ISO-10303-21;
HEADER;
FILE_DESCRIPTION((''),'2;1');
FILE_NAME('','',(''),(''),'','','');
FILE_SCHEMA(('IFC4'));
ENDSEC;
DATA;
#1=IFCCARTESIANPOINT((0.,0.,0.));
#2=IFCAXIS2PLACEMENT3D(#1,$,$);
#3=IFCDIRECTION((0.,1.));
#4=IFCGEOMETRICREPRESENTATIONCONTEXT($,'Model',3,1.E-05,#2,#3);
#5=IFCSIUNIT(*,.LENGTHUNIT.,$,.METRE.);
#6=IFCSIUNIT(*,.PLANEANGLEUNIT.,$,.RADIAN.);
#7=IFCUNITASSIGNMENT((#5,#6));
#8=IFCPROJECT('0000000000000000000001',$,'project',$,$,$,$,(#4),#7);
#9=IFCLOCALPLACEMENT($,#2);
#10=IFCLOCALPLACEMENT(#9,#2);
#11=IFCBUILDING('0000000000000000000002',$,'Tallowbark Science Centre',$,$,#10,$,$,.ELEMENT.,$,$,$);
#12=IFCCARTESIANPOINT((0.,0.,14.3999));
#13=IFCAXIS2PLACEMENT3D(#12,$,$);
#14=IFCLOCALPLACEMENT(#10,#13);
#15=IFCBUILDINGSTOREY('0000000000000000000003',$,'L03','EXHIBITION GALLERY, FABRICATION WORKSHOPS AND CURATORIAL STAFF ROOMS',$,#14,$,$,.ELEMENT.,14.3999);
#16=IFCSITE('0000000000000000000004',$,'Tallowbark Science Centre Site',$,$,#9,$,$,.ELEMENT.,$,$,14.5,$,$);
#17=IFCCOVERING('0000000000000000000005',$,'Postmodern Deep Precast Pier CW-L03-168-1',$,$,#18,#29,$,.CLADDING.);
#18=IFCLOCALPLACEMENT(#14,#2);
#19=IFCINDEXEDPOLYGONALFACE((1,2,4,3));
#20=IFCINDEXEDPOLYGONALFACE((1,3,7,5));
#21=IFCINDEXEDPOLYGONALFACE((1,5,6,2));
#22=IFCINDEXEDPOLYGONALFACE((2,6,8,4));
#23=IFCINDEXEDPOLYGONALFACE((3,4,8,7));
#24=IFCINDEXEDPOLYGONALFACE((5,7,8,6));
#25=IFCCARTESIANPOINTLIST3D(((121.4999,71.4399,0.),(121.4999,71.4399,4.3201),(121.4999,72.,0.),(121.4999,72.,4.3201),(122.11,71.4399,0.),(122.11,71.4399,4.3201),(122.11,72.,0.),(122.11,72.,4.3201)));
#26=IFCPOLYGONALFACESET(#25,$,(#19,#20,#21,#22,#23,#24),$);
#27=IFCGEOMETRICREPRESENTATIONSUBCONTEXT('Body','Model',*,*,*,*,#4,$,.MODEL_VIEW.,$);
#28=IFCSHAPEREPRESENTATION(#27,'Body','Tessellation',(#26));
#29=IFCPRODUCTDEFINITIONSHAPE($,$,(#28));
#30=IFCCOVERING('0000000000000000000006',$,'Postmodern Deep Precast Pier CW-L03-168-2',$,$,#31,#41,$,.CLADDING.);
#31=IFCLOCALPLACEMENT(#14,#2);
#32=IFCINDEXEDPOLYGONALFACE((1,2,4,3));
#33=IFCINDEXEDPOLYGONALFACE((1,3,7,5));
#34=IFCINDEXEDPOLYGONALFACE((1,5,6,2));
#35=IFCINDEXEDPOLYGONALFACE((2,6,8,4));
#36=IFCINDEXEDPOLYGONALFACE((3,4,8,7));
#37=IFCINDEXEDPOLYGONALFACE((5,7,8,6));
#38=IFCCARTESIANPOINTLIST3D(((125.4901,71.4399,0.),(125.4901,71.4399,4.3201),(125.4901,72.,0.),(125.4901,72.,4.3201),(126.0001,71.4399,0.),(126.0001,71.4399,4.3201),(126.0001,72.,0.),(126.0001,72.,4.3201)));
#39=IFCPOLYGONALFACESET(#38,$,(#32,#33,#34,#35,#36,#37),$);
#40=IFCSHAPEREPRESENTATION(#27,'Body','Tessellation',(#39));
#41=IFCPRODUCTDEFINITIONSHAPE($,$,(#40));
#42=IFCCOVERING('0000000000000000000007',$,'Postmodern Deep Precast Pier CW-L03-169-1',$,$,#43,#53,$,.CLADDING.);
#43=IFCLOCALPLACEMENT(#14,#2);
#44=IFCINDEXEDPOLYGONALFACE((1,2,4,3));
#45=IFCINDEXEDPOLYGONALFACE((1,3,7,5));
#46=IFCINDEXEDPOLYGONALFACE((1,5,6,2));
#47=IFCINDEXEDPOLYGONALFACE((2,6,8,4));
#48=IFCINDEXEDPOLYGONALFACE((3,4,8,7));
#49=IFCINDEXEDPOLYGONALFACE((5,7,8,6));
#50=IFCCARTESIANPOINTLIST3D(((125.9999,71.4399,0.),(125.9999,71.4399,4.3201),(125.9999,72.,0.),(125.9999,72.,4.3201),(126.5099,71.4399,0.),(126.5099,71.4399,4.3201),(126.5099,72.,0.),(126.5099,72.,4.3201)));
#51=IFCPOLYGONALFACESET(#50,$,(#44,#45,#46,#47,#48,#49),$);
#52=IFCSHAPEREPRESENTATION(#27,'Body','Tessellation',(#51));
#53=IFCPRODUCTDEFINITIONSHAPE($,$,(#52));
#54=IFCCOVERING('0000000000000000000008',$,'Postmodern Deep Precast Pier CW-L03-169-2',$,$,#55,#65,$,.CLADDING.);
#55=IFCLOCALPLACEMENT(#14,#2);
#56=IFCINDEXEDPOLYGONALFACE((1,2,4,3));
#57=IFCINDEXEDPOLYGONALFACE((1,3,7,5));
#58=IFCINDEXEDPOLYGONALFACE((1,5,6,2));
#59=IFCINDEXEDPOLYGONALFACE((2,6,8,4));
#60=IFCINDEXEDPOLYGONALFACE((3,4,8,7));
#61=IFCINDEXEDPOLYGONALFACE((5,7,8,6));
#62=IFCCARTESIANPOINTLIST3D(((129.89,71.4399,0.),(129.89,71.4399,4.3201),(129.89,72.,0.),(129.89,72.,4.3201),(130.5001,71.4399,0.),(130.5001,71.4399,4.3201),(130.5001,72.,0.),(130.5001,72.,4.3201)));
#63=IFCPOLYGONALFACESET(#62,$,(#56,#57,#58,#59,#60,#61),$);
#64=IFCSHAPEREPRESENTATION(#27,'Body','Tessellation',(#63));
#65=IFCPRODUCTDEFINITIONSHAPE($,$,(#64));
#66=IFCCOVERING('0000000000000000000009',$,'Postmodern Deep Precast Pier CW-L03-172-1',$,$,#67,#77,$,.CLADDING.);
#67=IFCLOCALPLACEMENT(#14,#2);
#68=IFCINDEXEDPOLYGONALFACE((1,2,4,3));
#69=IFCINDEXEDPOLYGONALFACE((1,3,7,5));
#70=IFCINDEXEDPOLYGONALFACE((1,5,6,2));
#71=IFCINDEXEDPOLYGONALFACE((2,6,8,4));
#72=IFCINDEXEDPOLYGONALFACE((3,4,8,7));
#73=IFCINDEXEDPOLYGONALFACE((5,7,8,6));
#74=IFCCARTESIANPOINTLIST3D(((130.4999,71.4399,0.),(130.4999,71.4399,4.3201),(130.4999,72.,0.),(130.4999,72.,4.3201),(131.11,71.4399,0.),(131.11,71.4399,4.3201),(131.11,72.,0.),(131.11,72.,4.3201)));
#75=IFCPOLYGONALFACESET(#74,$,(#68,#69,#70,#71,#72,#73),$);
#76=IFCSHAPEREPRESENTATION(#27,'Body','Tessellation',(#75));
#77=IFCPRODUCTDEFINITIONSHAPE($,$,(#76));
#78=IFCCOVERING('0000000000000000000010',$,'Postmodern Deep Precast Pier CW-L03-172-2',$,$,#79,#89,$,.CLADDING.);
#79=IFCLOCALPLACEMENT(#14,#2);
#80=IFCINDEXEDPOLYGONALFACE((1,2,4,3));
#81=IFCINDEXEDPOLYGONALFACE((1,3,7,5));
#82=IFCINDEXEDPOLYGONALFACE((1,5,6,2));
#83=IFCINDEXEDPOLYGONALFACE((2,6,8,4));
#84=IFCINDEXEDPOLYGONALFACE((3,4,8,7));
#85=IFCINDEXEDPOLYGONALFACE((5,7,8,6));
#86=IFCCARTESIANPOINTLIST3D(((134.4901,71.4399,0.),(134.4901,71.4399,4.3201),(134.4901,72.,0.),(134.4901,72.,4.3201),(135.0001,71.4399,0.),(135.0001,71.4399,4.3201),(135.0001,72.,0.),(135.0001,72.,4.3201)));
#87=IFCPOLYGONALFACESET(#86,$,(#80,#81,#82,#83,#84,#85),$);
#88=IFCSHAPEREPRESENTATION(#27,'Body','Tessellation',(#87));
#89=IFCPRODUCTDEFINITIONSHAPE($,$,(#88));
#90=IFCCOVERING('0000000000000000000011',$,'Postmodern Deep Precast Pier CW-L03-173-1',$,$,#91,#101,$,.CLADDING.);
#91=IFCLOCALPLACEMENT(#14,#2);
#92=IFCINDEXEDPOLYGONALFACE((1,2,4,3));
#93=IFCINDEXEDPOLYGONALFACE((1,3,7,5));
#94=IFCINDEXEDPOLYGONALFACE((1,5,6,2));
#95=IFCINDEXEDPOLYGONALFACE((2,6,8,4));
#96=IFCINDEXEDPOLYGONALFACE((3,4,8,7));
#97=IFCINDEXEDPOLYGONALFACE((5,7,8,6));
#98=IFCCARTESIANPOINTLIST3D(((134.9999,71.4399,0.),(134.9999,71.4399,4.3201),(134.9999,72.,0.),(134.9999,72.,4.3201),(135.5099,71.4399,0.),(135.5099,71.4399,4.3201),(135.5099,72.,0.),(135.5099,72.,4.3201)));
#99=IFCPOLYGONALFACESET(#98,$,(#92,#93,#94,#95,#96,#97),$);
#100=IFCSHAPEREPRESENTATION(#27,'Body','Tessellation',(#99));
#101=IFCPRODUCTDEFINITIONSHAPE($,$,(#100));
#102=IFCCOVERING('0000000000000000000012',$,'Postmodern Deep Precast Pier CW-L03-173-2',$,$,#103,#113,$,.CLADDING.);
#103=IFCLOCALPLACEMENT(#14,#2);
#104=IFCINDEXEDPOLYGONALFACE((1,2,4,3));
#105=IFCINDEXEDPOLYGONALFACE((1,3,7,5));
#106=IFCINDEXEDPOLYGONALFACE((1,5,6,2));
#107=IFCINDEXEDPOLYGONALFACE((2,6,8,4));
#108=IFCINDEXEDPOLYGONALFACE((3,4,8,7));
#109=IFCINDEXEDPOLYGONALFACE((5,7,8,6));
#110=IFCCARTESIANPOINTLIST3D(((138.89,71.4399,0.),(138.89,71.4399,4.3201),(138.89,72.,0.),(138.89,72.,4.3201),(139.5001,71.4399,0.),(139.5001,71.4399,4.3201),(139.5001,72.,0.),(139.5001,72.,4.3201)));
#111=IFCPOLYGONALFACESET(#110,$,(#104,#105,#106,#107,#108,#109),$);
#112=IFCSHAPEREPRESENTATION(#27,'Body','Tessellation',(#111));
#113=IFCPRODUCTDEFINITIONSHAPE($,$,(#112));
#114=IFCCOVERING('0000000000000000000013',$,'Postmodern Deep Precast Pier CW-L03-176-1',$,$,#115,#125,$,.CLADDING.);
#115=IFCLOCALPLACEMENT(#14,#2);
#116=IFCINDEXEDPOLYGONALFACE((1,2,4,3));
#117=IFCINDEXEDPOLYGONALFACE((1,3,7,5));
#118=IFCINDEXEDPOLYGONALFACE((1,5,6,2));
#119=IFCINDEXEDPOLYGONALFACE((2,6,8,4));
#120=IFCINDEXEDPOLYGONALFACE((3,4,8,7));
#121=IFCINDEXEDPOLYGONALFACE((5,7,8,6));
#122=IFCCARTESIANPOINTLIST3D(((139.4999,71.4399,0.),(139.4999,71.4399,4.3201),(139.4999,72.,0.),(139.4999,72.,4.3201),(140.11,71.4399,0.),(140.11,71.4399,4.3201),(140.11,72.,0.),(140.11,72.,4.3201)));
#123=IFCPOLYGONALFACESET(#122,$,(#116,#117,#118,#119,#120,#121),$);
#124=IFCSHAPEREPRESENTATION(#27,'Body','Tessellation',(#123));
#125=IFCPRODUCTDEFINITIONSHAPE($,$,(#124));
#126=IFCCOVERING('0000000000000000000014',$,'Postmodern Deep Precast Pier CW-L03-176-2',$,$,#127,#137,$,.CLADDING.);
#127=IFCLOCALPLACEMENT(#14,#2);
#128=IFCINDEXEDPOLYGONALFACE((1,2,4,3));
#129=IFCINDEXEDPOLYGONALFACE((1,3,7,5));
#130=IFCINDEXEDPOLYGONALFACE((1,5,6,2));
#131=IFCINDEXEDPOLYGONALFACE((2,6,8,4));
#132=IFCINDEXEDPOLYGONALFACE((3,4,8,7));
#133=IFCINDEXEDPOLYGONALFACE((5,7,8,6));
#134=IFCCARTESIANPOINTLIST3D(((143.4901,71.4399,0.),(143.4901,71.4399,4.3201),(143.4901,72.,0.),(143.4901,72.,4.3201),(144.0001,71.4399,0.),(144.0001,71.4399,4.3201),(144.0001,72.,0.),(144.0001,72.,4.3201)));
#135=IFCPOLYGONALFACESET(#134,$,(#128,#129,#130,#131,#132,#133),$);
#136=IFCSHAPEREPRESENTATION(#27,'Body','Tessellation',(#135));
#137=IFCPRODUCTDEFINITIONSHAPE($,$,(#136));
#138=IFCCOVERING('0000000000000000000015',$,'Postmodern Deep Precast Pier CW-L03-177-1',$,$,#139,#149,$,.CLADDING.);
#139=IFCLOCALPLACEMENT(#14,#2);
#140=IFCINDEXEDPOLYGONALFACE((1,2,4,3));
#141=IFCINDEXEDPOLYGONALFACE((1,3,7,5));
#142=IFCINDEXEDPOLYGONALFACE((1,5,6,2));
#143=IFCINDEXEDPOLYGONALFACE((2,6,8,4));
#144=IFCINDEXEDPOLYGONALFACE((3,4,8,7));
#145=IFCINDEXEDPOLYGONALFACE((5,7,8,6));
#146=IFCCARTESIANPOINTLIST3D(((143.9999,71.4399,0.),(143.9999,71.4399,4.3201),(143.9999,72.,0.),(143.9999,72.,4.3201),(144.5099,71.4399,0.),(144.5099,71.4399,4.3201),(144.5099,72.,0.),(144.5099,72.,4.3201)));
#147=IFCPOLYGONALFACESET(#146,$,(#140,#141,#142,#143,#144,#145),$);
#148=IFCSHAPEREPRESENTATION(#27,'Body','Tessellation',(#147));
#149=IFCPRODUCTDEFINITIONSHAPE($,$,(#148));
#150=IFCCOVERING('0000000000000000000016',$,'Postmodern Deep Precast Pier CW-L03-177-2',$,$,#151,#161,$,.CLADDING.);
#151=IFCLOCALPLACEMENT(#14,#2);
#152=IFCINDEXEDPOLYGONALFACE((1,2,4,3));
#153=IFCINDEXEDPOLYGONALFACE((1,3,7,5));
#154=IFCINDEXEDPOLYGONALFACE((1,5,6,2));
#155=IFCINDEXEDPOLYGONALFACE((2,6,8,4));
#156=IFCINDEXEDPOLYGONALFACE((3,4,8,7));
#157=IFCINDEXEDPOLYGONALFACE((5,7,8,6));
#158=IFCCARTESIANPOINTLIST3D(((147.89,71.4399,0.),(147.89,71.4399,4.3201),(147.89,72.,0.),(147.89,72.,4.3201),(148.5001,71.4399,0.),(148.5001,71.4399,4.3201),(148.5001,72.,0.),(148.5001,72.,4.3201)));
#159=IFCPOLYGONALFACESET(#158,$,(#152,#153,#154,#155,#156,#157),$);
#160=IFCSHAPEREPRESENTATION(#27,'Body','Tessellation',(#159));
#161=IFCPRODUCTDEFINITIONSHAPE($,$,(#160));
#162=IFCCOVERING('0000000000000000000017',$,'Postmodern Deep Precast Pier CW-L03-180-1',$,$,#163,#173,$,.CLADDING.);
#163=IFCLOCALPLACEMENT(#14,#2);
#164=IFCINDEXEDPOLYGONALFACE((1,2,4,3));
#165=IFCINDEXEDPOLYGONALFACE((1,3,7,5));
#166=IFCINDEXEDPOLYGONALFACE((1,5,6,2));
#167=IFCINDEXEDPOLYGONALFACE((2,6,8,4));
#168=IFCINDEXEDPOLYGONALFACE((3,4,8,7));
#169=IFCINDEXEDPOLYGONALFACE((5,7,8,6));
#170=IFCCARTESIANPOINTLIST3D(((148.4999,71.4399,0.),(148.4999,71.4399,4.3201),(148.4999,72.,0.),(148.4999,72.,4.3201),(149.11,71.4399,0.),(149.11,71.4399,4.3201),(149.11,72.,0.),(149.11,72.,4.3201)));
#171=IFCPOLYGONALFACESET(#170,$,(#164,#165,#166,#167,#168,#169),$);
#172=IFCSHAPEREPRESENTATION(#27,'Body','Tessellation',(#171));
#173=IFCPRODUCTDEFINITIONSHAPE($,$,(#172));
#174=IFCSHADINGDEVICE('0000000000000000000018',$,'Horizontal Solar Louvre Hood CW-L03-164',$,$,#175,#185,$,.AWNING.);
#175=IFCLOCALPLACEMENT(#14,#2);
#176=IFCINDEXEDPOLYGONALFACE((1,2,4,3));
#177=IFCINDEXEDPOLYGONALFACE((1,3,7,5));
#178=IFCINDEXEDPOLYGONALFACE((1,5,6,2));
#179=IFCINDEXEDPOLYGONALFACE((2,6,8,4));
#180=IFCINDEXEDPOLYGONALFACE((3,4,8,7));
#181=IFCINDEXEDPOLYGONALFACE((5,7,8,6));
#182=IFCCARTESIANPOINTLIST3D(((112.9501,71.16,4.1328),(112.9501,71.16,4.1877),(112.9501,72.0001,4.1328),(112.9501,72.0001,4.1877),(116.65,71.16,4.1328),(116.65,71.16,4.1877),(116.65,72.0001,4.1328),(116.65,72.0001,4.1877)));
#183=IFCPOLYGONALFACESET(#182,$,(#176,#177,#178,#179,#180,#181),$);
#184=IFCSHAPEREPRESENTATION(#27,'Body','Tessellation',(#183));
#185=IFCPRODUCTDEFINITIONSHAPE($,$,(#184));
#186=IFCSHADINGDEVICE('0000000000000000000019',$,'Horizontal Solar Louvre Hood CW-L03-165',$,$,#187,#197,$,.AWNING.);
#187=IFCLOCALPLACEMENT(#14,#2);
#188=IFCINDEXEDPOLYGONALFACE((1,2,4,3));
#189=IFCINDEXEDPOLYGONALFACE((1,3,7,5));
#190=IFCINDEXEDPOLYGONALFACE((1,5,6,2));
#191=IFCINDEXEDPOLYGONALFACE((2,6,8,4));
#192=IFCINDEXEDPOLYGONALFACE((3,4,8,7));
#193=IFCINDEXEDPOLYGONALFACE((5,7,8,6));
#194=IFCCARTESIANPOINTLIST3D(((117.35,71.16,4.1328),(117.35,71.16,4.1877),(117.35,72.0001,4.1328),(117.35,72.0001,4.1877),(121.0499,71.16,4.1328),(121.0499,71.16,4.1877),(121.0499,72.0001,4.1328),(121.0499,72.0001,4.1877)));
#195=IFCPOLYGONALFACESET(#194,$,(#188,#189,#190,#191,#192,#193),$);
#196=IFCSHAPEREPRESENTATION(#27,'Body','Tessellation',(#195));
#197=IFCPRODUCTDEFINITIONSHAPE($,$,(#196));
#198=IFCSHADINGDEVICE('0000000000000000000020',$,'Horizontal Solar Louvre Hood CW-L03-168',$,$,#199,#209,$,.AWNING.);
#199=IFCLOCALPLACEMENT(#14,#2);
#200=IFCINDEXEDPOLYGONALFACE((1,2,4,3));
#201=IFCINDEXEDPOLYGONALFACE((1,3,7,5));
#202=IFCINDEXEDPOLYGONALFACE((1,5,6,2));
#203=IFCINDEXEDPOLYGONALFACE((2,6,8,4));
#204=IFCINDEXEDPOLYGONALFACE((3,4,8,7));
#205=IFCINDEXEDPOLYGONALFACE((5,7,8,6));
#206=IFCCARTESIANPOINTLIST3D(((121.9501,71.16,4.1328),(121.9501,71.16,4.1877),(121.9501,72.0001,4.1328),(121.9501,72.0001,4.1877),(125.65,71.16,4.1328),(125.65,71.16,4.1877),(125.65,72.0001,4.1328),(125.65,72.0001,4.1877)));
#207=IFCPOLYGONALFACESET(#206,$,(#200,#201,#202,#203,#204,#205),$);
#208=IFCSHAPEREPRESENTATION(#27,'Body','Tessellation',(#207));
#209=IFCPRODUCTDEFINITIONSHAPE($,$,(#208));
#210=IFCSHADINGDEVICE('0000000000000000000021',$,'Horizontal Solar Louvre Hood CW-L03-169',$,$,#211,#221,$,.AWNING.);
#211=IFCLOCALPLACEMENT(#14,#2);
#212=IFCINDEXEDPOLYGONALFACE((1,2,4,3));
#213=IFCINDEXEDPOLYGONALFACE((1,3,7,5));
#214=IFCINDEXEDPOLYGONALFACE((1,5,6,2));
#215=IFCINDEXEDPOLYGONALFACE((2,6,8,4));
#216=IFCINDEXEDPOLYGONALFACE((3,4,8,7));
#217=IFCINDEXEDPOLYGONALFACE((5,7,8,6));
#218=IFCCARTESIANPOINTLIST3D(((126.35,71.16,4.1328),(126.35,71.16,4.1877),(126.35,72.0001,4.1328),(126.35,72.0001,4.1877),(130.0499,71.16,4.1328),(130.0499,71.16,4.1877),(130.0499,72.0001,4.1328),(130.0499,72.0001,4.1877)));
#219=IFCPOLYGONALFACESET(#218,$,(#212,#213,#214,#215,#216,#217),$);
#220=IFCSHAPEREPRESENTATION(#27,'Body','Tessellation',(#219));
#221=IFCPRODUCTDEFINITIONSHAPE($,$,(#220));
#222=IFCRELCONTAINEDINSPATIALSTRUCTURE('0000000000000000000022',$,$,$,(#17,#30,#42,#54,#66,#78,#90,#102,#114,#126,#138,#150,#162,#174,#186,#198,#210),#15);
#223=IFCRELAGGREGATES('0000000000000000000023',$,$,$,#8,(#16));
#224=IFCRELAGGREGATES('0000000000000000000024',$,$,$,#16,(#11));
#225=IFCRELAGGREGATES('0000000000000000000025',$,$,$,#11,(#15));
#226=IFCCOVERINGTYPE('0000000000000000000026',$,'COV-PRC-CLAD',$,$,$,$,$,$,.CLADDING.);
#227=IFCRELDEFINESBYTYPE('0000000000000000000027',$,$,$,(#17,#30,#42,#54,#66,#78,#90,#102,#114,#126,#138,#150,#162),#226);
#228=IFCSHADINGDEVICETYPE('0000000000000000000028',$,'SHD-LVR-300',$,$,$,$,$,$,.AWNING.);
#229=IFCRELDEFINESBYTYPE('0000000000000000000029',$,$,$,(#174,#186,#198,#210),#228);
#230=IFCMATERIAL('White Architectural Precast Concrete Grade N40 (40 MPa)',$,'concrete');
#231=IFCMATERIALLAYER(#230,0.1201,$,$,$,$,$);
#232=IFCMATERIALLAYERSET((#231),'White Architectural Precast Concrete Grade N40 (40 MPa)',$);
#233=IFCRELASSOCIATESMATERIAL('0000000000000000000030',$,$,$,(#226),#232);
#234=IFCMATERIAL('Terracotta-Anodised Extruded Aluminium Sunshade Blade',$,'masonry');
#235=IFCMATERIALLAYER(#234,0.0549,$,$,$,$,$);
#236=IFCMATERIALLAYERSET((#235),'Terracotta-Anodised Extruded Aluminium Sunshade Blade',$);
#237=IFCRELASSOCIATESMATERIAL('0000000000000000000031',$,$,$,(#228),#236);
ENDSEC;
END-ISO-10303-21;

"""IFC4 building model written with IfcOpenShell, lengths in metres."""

from ifc_helpers import new_model, si_unit, direction, frame, origin, origin_2d, place, context, subcontext, project, spatial, rectangle, extrude, material, layer, layer_set, type_object, element, save


model = new_model("IFC4")

# Units and contexts
model_context = context("Model", 3, precision=1e-05, world=origin(), true_north=direction((0.0, 1.0)))
body_context = subcontext(model_context, "Body", "Model", "MODEL_VIEW")
ifc_project = project(units=[si_unit("LENGTHUNIT", "METRE"), si_unit("PLANEANGLEUNIT", "RADIAN")], contexts=[model_context])

# Site, building, storey
site_placement = place(None, origin())
site = spatial("IfcSite", under=ifc_project, at=site_placement, Name="Tallowbark Science Centre Site", CompositionType="ELEMENT", RefElevation=14.5)
building_placement = place(site_placement, origin())
building = spatial("IfcBuilding", under=site, at=building_placement, Name="Tallowbark Science Centre", CompositionType="ELEMENT")
storey_placement = place(building_placement, frame((0.0, 0.0, 14.3999)))
storey = spatial("IfcBuildingStorey", under=building, at=storey_placement, Name="L03", Description="EXHIBITION GALLERY, FABRICATION WORKSHOPS AND CURATORIAL STAFF ROOMS", CompositionType="ELEMENT", Elevation=14.3999)

# Coverings
ifc_material_1 = material(Name="White Architectural Precast Concrete Grade N40 (40 MPa)", Category="concrete")
ifc_layer_1 = layer(ifc_material_1, 0.1201)
ifc_layer_set_1 = layer_set([ifc_layer_1], Name="White Architectural Precast Concrete Grade N40 (40 MPa)")
covering_type = type_object("IfcCoveringType", Name="COV-PRC-CLAD", PredefinedType="CLADDING", material=ifc_layer_set_1)
for number, where, z_axis, x_axis, name in (
    (1, (121.8049, 71.72, 0.0), (0.0, 0.0, 1.0), (1.0, 0.0, 0.0), "Postmodern Deep Precast Pier CW-L03-168-1"),
):
    element("IfcCovering", number, at=place(storey_placement, frame(where, z_axis=z_axis, x_axis=x_axis)), inside=storey, type_object=covering_type, Name=name, PredefinedType="CLADDING", context=body_context, shape_type="SweptSolid", body=[
        extrude(rectangle(XDim=0.6101, YDim=0.5601, at=origin_2d()), origin(), (0.0, 0.0, 1.0), 4.3201),
    ])
for number, where, z_axis, x_axis, name in (
    (2, (125.7451, 71.72, 0.0), (0.0, 0.0, 1.0), (1.0, 0.0, 0.0), "Postmodern Deep Precast Pier CW-L03-168-2"),
    (3, (126.2549, 71.72, 0.0), (0.0, 0.0, 1.0), (1.0, 0.0, 0.0), "Postmodern Deep Precast Pier CW-L03-169-1"),
):
    element("IfcCovering", number, at=place(storey_placement, frame(where, z_axis=z_axis, x_axis=x_axis)), inside=storey, type_object=covering_type, Name=name, PredefinedType="CLADDING", context=body_context, shape_type="SweptSolid", body=[
        extrude(rectangle(XDim=0.51, YDim=0.5601, at=origin_2d()), origin(), (0.0, 0.0, 1.0), 4.3201),
    ])
for number, where, z_axis, x_axis, name in (
    (4, (130.1951, 71.72, 0.0), (0.0, 0.0, 1.0), (1.0, 0.0, 0.0), "Postmodern Deep Precast Pier CW-L03-169-2"),
    (5, (130.8049, 71.72, 0.0), (0.0, 0.0, 1.0), (1.0, 0.0, 0.0), "Postmodern Deep Precast Pier CW-L03-172-1"),
):
    element("IfcCovering", number, at=place(storey_placement, frame(where, z_axis=z_axis, x_axis=x_axis)), inside=storey, type_object=covering_type, Name=name, PredefinedType="CLADDING", context=body_context, shape_type="SweptSolid", body=[
        extrude(rectangle(XDim=0.6101, YDim=0.5601, at=origin_2d()), origin(), (0.0, 0.0, 1.0), 4.3201),
    ])
for number, where, z_axis, x_axis, name in (
    (6, (134.7451, 71.72, 0.0), (0.0, 0.0, 1.0), (1.0, 0.0, 0.0), "Postmodern Deep Precast Pier CW-L03-172-2"),
    (7, (135.2549, 71.72, 0.0), (0.0, 0.0, 1.0), (1.0, 0.0, 0.0), "Postmodern Deep Precast Pier CW-L03-173-1"),
):
    element("IfcCovering", number, at=place(storey_placement, frame(where, z_axis=z_axis, x_axis=x_axis)), inside=storey, type_object=covering_type, Name=name, PredefinedType="CLADDING", context=body_context, shape_type="SweptSolid", body=[
        extrude(rectangle(XDim=0.51, YDim=0.5601, at=origin_2d()), origin(), (0.0, 0.0, 1.0), 4.3201),
    ])
for number, where, z_axis, x_axis, name in (
    (8, (139.1951, 71.72, 0.0), (0.0, 0.0, 1.0), (1.0, 0.0, 0.0), "Postmodern Deep Precast Pier CW-L03-173-2"),
    (9, (139.8049, 71.72, 0.0), (0.0, 0.0, 1.0), (1.0, 0.0, 0.0), "Postmodern Deep Precast Pier CW-L03-176-1"),
):
    element("IfcCovering", number, at=place(storey_placement, frame(where, z_axis=z_axis, x_axis=x_axis)), inside=storey, type_object=covering_type, Name=name, PredefinedType="CLADDING", context=body_context, shape_type="SweptSolid", body=[
        extrude(rectangle(XDim=0.6101, YDim=0.5601, at=origin_2d()), origin(), (0.0, 0.0, 1.0), 4.3201),
    ])
for number, where, z_axis, x_axis, name in (
    (10, (143.7451, 71.72, 0.0), (0.0, 0.0, 1.0), (1.0, 0.0, 0.0), "Postmodern Deep Precast Pier CW-L03-176-2"),
    (11, (144.2549, 71.72, 0.0), (0.0, 0.0, 1.0), (1.0, 0.0, 0.0), "Postmodern Deep Precast Pier CW-L03-177-1"),
):
    element("IfcCovering", number, at=place(storey_placement, frame(where, z_axis=z_axis, x_axis=x_axis)), inside=storey, type_object=covering_type, Name=name, PredefinedType="CLADDING", context=body_context, shape_type="SweptSolid", body=[
        extrude(rectangle(XDim=0.51, YDim=0.5601, at=origin_2d()), origin(), (0.0, 0.0, 1.0), 4.3201),
    ])
for number, where, z_axis, x_axis, name in (
    (12, (148.1951, 71.72, 0.0), (0.0, 0.0, 1.0), (1.0, 0.0, 0.0), "Postmodern Deep Precast Pier CW-L03-177-2"),
    (13, (148.8049, 71.72, 0.0), (0.0, 0.0, 1.0), (1.0, 0.0, 0.0), "Postmodern Deep Precast Pier CW-L03-180-1"),
):
    element("IfcCovering", number, at=place(storey_placement, frame(where, z_axis=z_axis, x_axis=x_axis)), inside=storey, type_object=covering_type, Name=name, PredefinedType="CLADDING", context=body_context, shape_type="SweptSolid", body=[
        extrude(rectangle(XDim=0.6101, YDim=0.5601, at=origin_2d()), origin(), (0.0, 0.0, 1.0), 4.3201),
    ])

# Shading devices
ifc_material_2 = material(Name="Terracotta-Anodised Extruded Aluminium Sunshade Blade", Category="masonry")
ifc_layer_2 = layer(ifc_material_2, 0.0549)
ifc_layer_set_2 = layer_set([ifc_layer_2], Name="Terracotta-Anodised Extruded Aluminium Sunshade Blade")
shading_device_type = type_object("IfcShadingDeviceType", Name="SHD-LVR-300", PredefinedType="AWNING", material=ifc_layer_set_2)
for number, where, z_axis, x_axis, name in (
    (14, (114.8, 71.5801, 4.1328), (0.0, 0.0, 1.0), (1.0, 0.0, 0.0), "Horizontal Solar Louvre Hood CW-L03-164"),
    (15, (119.2, 71.5801, 4.1328), (0.0, 0.0, 1.0), (1.0, 0.0, 0.0), "Horizontal Solar Louvre Hood CW-L03-165"),
    (16, (123.8, 71.5801, 4.1328), (0.0, 0.0, 1.0), (1.0, 0.0, 0.0), "Horizontal Solar Louvre Hood CW-L03-168"),
    (17, (128.2, 71.5801, 4.1328), (0.0, 0.0, 1.0), (1.0, 0.0, 0.0), "Horizontal Solar Louvre Hood CW-L03-169"),
):
    element("IfcShadingDevice", number, at=place(storey_placement, frame(where, z_axis=z_axis, x_axis=x_axis)), inside=storey, type_object=shading_device_type, Name=name, PredefinedType="AWNING", context=body_context, shape_type="SweptSolid", body=[
        extrude(rectangle(XDim=3.7, YDim=0.8401, at=origin_2d()), origin(), (0.0, 0.0, 1.0), 0.0549),
    ])

save(model, "model.ifc")
